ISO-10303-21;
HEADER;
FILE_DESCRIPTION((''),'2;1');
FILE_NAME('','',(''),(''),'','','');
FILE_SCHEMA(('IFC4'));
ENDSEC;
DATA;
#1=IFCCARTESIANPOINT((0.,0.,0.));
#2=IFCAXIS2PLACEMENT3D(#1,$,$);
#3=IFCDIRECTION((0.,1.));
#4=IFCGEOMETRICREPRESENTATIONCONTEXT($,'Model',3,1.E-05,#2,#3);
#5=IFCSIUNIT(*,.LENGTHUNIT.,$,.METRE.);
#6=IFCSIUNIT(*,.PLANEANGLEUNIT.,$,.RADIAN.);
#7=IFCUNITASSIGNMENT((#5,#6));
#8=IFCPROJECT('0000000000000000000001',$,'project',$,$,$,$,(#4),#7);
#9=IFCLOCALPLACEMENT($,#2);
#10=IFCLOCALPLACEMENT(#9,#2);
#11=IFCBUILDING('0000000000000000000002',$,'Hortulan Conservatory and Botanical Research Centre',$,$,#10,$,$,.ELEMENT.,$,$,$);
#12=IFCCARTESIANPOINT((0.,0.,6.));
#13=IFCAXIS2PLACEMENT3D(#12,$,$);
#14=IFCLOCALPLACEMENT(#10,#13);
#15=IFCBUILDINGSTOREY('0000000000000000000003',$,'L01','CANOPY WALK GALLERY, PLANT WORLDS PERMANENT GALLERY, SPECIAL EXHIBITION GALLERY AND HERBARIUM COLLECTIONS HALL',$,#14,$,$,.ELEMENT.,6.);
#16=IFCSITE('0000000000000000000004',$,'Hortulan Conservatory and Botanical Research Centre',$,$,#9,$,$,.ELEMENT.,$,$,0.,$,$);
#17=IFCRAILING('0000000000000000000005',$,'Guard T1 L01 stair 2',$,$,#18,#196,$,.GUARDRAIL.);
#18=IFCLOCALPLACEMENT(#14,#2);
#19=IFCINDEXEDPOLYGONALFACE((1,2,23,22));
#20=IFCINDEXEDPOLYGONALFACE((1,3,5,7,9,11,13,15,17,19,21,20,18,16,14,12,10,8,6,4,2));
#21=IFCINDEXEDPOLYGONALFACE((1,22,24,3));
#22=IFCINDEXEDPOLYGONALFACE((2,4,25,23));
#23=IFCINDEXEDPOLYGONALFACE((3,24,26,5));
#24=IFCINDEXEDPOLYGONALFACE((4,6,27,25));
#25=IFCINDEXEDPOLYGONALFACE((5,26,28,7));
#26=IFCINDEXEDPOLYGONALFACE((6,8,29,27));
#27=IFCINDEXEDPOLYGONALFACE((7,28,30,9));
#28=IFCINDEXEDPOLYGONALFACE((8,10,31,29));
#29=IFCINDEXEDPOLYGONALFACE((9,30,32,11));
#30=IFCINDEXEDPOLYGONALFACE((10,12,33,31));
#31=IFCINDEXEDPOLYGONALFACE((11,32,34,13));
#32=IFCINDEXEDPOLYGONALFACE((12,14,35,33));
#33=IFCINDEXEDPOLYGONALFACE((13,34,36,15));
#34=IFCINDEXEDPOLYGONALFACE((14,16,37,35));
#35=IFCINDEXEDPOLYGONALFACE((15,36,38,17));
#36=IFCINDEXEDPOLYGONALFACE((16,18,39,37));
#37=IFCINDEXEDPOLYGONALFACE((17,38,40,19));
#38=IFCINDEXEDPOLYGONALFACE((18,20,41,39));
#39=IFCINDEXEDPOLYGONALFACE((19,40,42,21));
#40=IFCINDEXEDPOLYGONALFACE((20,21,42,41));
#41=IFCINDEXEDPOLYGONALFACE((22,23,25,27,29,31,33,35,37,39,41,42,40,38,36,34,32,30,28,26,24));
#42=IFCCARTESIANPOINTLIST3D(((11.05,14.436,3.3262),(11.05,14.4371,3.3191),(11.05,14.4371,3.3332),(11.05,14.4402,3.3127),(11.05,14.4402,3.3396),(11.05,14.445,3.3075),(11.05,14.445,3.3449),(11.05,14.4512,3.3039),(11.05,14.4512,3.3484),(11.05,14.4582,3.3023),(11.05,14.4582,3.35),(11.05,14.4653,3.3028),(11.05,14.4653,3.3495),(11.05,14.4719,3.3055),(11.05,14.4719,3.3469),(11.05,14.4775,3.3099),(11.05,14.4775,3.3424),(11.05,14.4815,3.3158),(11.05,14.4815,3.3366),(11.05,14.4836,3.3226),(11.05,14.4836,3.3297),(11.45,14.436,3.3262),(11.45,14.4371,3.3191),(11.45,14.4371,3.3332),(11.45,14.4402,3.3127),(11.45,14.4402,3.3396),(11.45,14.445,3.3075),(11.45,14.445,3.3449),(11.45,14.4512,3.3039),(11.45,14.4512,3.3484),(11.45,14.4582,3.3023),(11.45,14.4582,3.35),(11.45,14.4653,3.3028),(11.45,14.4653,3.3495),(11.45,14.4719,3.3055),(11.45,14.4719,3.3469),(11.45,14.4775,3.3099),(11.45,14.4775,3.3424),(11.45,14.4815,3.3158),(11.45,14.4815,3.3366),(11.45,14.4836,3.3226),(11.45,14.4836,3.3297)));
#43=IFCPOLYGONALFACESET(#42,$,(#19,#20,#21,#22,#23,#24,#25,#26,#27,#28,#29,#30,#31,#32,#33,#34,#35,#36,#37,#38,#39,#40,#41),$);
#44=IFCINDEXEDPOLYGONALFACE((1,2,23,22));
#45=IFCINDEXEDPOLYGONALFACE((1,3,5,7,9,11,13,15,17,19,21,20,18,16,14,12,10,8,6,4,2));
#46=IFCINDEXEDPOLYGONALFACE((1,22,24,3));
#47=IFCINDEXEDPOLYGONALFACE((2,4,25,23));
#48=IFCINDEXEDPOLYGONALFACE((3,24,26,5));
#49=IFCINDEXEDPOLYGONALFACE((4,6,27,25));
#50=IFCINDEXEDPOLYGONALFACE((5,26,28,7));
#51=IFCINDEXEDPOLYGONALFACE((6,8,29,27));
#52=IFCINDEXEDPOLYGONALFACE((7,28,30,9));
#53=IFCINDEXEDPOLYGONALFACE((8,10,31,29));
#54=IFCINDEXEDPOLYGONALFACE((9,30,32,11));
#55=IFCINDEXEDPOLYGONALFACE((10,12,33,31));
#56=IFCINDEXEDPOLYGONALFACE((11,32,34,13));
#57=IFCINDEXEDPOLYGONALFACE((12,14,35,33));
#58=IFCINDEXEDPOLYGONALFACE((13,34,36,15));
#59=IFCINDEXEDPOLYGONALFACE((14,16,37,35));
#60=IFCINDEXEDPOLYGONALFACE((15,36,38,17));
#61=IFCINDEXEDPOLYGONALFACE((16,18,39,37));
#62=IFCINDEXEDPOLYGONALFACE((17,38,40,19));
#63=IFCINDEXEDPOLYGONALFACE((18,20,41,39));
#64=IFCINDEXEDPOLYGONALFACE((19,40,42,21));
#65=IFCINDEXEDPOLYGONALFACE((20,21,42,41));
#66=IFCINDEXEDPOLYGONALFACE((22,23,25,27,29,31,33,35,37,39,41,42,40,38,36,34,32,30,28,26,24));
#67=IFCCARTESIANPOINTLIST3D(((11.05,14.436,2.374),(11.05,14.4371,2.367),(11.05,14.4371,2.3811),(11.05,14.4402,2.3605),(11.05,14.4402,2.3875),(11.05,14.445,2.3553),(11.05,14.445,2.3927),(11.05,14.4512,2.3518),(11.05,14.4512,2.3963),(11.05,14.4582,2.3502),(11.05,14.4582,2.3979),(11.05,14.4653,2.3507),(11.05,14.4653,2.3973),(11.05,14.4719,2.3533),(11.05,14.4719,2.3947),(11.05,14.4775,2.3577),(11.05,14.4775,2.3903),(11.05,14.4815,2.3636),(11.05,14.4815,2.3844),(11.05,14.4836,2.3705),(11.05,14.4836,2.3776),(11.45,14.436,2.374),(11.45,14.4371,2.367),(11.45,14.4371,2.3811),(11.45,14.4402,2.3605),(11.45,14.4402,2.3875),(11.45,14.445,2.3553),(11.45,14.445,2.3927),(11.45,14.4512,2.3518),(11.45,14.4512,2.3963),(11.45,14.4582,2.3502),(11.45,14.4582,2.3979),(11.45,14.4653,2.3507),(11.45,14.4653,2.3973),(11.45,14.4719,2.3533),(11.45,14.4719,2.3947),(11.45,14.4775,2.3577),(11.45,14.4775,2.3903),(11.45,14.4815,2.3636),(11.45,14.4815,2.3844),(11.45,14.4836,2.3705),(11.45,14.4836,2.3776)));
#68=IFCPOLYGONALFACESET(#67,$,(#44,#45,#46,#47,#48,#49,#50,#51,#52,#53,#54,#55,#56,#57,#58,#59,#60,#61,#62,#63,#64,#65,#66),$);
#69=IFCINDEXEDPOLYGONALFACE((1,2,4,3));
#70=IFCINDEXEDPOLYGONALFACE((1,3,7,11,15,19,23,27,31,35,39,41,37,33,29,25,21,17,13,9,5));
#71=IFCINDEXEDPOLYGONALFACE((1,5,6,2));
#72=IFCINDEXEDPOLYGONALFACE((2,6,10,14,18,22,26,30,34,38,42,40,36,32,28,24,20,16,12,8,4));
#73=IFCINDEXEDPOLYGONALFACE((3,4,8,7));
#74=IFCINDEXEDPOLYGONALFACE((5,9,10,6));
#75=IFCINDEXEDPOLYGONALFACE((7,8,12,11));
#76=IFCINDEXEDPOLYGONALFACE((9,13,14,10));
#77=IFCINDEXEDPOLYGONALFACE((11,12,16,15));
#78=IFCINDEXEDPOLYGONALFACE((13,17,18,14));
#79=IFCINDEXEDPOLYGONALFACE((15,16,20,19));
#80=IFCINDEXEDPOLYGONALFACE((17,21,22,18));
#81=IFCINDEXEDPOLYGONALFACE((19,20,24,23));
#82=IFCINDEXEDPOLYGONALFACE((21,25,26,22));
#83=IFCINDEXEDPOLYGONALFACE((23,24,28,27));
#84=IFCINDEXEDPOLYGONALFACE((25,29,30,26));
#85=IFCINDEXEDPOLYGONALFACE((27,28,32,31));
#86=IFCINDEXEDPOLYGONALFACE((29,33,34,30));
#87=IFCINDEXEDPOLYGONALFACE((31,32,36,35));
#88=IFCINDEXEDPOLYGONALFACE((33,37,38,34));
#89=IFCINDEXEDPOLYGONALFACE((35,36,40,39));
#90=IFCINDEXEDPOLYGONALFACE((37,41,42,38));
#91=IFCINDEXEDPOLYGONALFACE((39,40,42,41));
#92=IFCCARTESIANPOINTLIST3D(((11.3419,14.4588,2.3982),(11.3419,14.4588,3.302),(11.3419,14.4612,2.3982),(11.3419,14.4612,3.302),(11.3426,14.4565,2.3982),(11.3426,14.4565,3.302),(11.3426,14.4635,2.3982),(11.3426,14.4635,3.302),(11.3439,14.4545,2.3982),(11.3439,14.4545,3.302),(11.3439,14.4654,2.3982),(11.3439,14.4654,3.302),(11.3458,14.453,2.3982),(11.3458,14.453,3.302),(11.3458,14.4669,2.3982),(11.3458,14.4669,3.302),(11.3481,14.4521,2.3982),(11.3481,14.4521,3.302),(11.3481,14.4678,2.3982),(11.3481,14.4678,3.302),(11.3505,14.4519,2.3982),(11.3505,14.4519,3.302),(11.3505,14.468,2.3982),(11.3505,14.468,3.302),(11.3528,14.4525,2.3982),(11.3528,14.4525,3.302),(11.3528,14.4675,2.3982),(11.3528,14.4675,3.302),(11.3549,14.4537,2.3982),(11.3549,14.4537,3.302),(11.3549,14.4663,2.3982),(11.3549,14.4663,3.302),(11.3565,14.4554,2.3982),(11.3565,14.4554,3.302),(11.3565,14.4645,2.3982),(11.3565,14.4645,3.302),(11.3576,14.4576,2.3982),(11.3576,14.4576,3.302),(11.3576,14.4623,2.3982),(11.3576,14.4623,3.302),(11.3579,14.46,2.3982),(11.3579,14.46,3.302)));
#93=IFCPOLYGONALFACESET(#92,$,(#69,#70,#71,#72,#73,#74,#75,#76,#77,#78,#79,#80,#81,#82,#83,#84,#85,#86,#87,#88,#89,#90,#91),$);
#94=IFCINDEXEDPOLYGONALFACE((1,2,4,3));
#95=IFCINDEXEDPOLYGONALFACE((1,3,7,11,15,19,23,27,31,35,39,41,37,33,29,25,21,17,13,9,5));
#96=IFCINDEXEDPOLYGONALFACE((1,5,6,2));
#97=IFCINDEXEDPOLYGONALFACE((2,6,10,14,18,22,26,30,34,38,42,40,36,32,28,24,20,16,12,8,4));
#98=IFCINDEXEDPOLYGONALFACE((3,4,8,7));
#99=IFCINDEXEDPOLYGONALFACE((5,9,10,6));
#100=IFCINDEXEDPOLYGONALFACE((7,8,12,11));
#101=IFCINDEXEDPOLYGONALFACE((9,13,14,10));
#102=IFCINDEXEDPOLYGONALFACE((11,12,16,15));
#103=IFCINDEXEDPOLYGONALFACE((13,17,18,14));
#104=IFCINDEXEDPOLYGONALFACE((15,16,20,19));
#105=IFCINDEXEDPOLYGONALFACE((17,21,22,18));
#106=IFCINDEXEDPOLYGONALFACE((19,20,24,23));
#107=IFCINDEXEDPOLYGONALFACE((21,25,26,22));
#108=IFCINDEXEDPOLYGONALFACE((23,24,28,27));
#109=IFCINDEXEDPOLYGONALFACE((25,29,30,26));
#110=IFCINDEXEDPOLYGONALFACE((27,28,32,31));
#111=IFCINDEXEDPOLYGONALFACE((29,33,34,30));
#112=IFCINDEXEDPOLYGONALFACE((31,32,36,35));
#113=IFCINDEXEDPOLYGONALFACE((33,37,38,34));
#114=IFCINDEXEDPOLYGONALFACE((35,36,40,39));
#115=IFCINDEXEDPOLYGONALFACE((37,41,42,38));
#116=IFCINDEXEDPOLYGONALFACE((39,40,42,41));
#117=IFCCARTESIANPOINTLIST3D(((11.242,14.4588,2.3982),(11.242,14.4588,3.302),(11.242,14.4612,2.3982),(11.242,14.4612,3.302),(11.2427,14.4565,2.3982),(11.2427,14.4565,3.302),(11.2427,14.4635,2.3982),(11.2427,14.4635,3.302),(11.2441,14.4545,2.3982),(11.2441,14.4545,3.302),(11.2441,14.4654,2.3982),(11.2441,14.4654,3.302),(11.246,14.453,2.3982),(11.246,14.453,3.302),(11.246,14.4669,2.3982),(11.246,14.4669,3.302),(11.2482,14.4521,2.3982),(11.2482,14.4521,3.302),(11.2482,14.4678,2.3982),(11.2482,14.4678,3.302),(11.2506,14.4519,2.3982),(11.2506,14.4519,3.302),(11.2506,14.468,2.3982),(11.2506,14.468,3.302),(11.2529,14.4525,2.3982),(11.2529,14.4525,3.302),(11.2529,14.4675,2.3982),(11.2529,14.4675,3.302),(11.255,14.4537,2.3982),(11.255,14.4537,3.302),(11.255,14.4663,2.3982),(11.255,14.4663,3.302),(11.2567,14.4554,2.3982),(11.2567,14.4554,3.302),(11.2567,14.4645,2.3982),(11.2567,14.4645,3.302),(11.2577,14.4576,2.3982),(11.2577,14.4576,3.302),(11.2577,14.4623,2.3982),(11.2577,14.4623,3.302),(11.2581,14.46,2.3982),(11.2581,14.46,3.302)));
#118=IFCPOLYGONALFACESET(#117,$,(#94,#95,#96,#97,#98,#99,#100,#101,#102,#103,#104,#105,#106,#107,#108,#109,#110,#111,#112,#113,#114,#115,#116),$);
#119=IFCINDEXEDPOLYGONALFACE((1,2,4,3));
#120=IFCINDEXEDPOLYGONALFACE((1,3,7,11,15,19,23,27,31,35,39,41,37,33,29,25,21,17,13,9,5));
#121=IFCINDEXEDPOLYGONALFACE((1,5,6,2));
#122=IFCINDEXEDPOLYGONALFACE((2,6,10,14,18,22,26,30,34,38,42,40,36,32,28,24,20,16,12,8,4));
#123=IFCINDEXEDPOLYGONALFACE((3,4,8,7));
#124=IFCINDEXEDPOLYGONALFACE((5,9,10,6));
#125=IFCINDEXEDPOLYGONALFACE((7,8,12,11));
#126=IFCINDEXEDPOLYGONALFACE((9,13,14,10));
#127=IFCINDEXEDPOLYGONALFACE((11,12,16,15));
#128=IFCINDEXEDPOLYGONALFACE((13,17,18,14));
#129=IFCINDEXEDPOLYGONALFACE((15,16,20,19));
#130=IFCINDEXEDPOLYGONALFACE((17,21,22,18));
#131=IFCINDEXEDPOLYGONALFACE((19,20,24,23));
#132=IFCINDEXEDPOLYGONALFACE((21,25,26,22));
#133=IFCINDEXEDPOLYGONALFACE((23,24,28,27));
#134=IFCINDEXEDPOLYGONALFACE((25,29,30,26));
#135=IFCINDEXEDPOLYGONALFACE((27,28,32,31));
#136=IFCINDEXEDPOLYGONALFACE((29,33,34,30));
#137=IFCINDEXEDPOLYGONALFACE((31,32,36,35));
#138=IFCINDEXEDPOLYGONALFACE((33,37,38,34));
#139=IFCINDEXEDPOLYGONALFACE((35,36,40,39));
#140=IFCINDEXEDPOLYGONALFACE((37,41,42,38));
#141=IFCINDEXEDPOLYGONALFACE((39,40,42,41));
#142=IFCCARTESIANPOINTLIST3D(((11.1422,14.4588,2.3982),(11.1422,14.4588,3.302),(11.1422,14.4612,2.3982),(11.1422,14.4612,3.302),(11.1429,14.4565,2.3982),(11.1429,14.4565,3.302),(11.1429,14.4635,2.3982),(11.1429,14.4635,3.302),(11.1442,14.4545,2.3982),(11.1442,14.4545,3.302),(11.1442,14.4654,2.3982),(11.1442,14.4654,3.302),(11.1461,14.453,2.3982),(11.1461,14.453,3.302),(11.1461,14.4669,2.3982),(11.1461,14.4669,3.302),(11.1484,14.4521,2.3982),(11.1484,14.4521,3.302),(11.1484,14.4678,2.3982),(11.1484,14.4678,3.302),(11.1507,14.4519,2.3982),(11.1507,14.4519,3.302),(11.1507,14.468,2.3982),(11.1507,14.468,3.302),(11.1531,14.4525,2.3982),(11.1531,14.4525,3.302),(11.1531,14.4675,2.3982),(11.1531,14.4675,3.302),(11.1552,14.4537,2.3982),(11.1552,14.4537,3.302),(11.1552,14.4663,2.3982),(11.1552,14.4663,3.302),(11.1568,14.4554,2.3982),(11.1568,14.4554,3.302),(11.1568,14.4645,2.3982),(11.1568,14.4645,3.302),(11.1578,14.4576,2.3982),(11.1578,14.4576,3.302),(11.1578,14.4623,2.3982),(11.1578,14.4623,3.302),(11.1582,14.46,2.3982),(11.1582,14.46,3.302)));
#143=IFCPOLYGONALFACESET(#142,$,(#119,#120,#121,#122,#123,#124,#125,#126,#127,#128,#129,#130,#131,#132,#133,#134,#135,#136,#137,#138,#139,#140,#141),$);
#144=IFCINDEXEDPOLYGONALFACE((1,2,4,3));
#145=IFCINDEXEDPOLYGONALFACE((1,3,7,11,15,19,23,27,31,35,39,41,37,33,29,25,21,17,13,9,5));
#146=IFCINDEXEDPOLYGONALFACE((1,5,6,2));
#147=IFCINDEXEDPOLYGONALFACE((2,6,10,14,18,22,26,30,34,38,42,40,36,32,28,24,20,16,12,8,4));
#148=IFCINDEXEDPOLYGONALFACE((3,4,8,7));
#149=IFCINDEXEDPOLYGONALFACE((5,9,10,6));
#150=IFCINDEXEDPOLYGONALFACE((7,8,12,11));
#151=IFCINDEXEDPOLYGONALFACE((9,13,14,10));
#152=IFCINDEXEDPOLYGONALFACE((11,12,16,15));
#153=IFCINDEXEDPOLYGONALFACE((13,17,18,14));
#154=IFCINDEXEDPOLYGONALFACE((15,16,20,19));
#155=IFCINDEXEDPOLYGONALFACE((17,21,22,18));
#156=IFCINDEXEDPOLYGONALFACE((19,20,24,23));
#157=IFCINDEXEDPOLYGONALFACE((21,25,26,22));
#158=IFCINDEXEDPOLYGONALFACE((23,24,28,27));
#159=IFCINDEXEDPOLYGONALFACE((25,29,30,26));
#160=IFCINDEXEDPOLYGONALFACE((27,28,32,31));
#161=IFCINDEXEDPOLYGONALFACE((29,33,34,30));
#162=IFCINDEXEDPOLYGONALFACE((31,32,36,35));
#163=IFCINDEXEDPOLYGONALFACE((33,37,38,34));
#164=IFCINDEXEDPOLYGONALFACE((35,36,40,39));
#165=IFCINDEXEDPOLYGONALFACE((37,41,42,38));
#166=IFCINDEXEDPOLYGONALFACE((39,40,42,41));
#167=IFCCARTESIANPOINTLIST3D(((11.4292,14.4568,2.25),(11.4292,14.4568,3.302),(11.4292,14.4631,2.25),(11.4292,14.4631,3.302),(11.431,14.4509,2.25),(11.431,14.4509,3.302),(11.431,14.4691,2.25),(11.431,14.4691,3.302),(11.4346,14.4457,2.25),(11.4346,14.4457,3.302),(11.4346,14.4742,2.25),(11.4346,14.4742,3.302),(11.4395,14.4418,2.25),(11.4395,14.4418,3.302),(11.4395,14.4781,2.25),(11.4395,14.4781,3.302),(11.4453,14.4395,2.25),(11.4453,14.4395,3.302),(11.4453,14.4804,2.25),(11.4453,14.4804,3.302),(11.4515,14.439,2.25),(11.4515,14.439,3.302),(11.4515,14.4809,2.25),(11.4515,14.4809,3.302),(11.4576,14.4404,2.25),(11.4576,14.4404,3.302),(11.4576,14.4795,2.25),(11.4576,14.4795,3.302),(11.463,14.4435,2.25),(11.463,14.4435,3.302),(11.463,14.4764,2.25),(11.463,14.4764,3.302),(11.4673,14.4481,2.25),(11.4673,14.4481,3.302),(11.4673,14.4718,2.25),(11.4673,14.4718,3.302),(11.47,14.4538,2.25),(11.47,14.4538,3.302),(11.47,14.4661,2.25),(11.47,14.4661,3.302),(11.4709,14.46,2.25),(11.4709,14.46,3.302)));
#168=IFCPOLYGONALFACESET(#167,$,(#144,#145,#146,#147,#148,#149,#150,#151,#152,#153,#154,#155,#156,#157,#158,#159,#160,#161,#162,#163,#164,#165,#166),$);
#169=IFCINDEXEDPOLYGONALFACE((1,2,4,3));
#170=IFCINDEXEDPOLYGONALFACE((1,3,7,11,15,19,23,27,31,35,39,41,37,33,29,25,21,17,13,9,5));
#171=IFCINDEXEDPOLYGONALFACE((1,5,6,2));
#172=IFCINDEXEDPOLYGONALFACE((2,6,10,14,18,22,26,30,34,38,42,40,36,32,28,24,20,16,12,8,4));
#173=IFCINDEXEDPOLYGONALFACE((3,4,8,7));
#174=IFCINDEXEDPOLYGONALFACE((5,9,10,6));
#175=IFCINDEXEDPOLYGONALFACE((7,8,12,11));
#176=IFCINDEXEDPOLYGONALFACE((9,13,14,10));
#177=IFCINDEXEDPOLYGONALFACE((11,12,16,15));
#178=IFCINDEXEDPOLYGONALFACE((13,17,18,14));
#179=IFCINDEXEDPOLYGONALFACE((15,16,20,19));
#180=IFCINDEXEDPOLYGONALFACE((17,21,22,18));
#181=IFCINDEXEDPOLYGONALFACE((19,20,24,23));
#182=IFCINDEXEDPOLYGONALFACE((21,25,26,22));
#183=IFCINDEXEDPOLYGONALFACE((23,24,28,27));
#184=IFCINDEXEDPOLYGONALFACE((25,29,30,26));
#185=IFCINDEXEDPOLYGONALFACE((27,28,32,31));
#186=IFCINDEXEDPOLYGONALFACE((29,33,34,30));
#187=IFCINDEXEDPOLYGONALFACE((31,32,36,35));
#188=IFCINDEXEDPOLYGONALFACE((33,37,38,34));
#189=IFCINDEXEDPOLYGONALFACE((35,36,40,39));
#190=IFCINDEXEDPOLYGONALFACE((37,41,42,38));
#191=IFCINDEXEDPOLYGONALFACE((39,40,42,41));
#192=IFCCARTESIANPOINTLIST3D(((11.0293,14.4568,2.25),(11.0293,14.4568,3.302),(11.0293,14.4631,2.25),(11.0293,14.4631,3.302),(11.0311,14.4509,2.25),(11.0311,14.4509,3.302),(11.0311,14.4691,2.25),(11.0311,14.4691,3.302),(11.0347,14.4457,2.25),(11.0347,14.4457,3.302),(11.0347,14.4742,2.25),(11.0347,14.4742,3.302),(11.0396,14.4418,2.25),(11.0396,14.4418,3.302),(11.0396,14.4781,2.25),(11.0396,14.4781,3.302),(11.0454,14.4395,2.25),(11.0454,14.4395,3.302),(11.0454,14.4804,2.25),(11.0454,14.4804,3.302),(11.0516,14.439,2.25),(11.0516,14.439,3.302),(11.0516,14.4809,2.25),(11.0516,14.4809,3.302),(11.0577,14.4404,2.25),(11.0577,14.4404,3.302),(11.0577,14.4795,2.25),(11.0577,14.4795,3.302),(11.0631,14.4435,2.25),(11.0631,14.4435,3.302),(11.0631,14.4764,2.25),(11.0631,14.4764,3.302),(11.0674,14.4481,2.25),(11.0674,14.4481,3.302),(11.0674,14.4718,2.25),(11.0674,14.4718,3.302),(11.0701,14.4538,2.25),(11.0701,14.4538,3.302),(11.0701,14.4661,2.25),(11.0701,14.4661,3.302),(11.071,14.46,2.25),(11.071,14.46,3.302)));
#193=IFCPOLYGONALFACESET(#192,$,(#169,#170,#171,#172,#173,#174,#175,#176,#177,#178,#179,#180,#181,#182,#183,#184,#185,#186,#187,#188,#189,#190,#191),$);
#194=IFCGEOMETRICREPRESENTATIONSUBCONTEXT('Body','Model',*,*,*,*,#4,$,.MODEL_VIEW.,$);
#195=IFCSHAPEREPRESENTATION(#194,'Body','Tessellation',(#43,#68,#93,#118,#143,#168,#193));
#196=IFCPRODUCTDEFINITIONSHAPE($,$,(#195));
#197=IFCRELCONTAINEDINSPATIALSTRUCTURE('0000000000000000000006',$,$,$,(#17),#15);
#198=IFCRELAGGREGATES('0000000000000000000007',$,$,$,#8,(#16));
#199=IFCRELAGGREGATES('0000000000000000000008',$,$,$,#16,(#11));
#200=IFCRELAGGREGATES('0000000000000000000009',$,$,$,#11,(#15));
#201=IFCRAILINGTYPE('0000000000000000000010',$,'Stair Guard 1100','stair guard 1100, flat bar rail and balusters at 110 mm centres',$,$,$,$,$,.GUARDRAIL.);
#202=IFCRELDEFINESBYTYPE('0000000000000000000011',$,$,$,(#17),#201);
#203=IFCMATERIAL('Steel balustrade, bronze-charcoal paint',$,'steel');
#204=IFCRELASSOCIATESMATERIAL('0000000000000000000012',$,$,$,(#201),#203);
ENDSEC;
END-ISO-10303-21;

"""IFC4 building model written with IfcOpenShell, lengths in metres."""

from ifc_helpers import new_model, si_unit, direction, frame, origin, origin_2d, place, context, subcontext, project, spatial, circle, extrude, material, type_object, element, save


model = new_model("IFC4")

# Units and contexts
model_context = context("Model", 3, precision=1e-05, world=origin(), true_north=direction((0.0, 1.0)))
body_context = subcontext(model_context, "Body", "Model", "MODEL_VIEW")
ifc_project = project(units=[si_unit("LENGTHUNIT", "METRE"), si_unit("PLANEANGLEUNIT", "RADIAN")], contexts=[model_context])

# Site, building, storey
site_placement = place(None, origin())
site = spatial("IfcSite", under=ifc_project, at=site_placement, Name="Hortulan Conservatory and Botanical Research Centre", CompositionType="ELEMENT", RefElevation=0.0)
building_placement = place(site_placement, origin())
building = spatial("IfcBuilding", under=site, at=building_placement, Name="Hortulan Conservatory and Botanical Research Centre", CompositionType="ELEMENT")
storey_placement = place(building_placement, frame((0.0, 0.0, 6.0)))
storey = spatial("IfcBuildingStorey", under=building, at=storey_placement, Name="L01", Description="CANOPY WALK GALLERY, PLANT WORLDS PERMANENT GALLERY, SPECIAL EXHIBITION GALLERY AND HERBARIUM COLLECTIONS HALL", CompositionType="ELEMENT", Elevation=6.0)

# Railing
ifc_material_1 = material(Name="Steel balustrade, bronze-charcoal paint", Category="steel")
railing_type_1 = type_object("IfcRailingType", Name="Stair Guard 1100", Description="stair guard 1100, flat bar rail and balusters at 110 mm centres", PredefinedType="GUARDRAIL", material=ifc_material_1)
railing_1_placement = place(storey_placement, frame((11.45, 14.46, 2.25)))
element("IfcRailing", 1, at=railing_1_placement, inside=storey, type_object=railing_type_1, Name="Guard T1 L01 stair 2", PredefinedType="GUARDRAIL", context=body_context, shape_type="SweptSolid", body=[
    extrude(circle(Radius=0.0239, at=origin_2d()), frame((0.0, 0.0, 1.0762), z_axis=(-1.0, 0.0, 0.0), x_axis=(0.0, -1.0, 0.0)), (0.0, 0.0, 1.0), 0.3999),
    extrude(circle(Radius=0.0239, at=origin_2d()), frame((0.0, 0.0, 0.124), z_axis=(-1.0, 0.0, 0.0), x_axis=(0.0, -1.0, 0.0)), (0.0, 0.0, 1.0), 0.3999),
    extrude(circle(Radius=0.0081, at=origin_2d()), frame((-0.1001, 0.0, 0.1482)), (0.0, 0.0, 1.0), 0.9038),
    extrude(circle(Radius=0.0081, at=origin_2d()), frame((-0.2, 0.0, 0.1482)), (0.0, 0.0, 1.0), 0.9038),
    extrude(circle(Radius=0.0081, at=origin_2d()), frame((-0.2998, 0.0, 0.1482)), (0.0, 0.0, 1.0), 0.9038),
    extrude(circle(Radius=0.021, at=origin_2d()), origin(), (0.0, 0.0, 1.0), 1.052),
    extrude(circle(Radius=0.021, at=origin_2d()), frame((-0.3999, 0.0, 0.0)), (0.0, 0.0, 1.0), 1.052),
])

save(model, "model.ifc")
